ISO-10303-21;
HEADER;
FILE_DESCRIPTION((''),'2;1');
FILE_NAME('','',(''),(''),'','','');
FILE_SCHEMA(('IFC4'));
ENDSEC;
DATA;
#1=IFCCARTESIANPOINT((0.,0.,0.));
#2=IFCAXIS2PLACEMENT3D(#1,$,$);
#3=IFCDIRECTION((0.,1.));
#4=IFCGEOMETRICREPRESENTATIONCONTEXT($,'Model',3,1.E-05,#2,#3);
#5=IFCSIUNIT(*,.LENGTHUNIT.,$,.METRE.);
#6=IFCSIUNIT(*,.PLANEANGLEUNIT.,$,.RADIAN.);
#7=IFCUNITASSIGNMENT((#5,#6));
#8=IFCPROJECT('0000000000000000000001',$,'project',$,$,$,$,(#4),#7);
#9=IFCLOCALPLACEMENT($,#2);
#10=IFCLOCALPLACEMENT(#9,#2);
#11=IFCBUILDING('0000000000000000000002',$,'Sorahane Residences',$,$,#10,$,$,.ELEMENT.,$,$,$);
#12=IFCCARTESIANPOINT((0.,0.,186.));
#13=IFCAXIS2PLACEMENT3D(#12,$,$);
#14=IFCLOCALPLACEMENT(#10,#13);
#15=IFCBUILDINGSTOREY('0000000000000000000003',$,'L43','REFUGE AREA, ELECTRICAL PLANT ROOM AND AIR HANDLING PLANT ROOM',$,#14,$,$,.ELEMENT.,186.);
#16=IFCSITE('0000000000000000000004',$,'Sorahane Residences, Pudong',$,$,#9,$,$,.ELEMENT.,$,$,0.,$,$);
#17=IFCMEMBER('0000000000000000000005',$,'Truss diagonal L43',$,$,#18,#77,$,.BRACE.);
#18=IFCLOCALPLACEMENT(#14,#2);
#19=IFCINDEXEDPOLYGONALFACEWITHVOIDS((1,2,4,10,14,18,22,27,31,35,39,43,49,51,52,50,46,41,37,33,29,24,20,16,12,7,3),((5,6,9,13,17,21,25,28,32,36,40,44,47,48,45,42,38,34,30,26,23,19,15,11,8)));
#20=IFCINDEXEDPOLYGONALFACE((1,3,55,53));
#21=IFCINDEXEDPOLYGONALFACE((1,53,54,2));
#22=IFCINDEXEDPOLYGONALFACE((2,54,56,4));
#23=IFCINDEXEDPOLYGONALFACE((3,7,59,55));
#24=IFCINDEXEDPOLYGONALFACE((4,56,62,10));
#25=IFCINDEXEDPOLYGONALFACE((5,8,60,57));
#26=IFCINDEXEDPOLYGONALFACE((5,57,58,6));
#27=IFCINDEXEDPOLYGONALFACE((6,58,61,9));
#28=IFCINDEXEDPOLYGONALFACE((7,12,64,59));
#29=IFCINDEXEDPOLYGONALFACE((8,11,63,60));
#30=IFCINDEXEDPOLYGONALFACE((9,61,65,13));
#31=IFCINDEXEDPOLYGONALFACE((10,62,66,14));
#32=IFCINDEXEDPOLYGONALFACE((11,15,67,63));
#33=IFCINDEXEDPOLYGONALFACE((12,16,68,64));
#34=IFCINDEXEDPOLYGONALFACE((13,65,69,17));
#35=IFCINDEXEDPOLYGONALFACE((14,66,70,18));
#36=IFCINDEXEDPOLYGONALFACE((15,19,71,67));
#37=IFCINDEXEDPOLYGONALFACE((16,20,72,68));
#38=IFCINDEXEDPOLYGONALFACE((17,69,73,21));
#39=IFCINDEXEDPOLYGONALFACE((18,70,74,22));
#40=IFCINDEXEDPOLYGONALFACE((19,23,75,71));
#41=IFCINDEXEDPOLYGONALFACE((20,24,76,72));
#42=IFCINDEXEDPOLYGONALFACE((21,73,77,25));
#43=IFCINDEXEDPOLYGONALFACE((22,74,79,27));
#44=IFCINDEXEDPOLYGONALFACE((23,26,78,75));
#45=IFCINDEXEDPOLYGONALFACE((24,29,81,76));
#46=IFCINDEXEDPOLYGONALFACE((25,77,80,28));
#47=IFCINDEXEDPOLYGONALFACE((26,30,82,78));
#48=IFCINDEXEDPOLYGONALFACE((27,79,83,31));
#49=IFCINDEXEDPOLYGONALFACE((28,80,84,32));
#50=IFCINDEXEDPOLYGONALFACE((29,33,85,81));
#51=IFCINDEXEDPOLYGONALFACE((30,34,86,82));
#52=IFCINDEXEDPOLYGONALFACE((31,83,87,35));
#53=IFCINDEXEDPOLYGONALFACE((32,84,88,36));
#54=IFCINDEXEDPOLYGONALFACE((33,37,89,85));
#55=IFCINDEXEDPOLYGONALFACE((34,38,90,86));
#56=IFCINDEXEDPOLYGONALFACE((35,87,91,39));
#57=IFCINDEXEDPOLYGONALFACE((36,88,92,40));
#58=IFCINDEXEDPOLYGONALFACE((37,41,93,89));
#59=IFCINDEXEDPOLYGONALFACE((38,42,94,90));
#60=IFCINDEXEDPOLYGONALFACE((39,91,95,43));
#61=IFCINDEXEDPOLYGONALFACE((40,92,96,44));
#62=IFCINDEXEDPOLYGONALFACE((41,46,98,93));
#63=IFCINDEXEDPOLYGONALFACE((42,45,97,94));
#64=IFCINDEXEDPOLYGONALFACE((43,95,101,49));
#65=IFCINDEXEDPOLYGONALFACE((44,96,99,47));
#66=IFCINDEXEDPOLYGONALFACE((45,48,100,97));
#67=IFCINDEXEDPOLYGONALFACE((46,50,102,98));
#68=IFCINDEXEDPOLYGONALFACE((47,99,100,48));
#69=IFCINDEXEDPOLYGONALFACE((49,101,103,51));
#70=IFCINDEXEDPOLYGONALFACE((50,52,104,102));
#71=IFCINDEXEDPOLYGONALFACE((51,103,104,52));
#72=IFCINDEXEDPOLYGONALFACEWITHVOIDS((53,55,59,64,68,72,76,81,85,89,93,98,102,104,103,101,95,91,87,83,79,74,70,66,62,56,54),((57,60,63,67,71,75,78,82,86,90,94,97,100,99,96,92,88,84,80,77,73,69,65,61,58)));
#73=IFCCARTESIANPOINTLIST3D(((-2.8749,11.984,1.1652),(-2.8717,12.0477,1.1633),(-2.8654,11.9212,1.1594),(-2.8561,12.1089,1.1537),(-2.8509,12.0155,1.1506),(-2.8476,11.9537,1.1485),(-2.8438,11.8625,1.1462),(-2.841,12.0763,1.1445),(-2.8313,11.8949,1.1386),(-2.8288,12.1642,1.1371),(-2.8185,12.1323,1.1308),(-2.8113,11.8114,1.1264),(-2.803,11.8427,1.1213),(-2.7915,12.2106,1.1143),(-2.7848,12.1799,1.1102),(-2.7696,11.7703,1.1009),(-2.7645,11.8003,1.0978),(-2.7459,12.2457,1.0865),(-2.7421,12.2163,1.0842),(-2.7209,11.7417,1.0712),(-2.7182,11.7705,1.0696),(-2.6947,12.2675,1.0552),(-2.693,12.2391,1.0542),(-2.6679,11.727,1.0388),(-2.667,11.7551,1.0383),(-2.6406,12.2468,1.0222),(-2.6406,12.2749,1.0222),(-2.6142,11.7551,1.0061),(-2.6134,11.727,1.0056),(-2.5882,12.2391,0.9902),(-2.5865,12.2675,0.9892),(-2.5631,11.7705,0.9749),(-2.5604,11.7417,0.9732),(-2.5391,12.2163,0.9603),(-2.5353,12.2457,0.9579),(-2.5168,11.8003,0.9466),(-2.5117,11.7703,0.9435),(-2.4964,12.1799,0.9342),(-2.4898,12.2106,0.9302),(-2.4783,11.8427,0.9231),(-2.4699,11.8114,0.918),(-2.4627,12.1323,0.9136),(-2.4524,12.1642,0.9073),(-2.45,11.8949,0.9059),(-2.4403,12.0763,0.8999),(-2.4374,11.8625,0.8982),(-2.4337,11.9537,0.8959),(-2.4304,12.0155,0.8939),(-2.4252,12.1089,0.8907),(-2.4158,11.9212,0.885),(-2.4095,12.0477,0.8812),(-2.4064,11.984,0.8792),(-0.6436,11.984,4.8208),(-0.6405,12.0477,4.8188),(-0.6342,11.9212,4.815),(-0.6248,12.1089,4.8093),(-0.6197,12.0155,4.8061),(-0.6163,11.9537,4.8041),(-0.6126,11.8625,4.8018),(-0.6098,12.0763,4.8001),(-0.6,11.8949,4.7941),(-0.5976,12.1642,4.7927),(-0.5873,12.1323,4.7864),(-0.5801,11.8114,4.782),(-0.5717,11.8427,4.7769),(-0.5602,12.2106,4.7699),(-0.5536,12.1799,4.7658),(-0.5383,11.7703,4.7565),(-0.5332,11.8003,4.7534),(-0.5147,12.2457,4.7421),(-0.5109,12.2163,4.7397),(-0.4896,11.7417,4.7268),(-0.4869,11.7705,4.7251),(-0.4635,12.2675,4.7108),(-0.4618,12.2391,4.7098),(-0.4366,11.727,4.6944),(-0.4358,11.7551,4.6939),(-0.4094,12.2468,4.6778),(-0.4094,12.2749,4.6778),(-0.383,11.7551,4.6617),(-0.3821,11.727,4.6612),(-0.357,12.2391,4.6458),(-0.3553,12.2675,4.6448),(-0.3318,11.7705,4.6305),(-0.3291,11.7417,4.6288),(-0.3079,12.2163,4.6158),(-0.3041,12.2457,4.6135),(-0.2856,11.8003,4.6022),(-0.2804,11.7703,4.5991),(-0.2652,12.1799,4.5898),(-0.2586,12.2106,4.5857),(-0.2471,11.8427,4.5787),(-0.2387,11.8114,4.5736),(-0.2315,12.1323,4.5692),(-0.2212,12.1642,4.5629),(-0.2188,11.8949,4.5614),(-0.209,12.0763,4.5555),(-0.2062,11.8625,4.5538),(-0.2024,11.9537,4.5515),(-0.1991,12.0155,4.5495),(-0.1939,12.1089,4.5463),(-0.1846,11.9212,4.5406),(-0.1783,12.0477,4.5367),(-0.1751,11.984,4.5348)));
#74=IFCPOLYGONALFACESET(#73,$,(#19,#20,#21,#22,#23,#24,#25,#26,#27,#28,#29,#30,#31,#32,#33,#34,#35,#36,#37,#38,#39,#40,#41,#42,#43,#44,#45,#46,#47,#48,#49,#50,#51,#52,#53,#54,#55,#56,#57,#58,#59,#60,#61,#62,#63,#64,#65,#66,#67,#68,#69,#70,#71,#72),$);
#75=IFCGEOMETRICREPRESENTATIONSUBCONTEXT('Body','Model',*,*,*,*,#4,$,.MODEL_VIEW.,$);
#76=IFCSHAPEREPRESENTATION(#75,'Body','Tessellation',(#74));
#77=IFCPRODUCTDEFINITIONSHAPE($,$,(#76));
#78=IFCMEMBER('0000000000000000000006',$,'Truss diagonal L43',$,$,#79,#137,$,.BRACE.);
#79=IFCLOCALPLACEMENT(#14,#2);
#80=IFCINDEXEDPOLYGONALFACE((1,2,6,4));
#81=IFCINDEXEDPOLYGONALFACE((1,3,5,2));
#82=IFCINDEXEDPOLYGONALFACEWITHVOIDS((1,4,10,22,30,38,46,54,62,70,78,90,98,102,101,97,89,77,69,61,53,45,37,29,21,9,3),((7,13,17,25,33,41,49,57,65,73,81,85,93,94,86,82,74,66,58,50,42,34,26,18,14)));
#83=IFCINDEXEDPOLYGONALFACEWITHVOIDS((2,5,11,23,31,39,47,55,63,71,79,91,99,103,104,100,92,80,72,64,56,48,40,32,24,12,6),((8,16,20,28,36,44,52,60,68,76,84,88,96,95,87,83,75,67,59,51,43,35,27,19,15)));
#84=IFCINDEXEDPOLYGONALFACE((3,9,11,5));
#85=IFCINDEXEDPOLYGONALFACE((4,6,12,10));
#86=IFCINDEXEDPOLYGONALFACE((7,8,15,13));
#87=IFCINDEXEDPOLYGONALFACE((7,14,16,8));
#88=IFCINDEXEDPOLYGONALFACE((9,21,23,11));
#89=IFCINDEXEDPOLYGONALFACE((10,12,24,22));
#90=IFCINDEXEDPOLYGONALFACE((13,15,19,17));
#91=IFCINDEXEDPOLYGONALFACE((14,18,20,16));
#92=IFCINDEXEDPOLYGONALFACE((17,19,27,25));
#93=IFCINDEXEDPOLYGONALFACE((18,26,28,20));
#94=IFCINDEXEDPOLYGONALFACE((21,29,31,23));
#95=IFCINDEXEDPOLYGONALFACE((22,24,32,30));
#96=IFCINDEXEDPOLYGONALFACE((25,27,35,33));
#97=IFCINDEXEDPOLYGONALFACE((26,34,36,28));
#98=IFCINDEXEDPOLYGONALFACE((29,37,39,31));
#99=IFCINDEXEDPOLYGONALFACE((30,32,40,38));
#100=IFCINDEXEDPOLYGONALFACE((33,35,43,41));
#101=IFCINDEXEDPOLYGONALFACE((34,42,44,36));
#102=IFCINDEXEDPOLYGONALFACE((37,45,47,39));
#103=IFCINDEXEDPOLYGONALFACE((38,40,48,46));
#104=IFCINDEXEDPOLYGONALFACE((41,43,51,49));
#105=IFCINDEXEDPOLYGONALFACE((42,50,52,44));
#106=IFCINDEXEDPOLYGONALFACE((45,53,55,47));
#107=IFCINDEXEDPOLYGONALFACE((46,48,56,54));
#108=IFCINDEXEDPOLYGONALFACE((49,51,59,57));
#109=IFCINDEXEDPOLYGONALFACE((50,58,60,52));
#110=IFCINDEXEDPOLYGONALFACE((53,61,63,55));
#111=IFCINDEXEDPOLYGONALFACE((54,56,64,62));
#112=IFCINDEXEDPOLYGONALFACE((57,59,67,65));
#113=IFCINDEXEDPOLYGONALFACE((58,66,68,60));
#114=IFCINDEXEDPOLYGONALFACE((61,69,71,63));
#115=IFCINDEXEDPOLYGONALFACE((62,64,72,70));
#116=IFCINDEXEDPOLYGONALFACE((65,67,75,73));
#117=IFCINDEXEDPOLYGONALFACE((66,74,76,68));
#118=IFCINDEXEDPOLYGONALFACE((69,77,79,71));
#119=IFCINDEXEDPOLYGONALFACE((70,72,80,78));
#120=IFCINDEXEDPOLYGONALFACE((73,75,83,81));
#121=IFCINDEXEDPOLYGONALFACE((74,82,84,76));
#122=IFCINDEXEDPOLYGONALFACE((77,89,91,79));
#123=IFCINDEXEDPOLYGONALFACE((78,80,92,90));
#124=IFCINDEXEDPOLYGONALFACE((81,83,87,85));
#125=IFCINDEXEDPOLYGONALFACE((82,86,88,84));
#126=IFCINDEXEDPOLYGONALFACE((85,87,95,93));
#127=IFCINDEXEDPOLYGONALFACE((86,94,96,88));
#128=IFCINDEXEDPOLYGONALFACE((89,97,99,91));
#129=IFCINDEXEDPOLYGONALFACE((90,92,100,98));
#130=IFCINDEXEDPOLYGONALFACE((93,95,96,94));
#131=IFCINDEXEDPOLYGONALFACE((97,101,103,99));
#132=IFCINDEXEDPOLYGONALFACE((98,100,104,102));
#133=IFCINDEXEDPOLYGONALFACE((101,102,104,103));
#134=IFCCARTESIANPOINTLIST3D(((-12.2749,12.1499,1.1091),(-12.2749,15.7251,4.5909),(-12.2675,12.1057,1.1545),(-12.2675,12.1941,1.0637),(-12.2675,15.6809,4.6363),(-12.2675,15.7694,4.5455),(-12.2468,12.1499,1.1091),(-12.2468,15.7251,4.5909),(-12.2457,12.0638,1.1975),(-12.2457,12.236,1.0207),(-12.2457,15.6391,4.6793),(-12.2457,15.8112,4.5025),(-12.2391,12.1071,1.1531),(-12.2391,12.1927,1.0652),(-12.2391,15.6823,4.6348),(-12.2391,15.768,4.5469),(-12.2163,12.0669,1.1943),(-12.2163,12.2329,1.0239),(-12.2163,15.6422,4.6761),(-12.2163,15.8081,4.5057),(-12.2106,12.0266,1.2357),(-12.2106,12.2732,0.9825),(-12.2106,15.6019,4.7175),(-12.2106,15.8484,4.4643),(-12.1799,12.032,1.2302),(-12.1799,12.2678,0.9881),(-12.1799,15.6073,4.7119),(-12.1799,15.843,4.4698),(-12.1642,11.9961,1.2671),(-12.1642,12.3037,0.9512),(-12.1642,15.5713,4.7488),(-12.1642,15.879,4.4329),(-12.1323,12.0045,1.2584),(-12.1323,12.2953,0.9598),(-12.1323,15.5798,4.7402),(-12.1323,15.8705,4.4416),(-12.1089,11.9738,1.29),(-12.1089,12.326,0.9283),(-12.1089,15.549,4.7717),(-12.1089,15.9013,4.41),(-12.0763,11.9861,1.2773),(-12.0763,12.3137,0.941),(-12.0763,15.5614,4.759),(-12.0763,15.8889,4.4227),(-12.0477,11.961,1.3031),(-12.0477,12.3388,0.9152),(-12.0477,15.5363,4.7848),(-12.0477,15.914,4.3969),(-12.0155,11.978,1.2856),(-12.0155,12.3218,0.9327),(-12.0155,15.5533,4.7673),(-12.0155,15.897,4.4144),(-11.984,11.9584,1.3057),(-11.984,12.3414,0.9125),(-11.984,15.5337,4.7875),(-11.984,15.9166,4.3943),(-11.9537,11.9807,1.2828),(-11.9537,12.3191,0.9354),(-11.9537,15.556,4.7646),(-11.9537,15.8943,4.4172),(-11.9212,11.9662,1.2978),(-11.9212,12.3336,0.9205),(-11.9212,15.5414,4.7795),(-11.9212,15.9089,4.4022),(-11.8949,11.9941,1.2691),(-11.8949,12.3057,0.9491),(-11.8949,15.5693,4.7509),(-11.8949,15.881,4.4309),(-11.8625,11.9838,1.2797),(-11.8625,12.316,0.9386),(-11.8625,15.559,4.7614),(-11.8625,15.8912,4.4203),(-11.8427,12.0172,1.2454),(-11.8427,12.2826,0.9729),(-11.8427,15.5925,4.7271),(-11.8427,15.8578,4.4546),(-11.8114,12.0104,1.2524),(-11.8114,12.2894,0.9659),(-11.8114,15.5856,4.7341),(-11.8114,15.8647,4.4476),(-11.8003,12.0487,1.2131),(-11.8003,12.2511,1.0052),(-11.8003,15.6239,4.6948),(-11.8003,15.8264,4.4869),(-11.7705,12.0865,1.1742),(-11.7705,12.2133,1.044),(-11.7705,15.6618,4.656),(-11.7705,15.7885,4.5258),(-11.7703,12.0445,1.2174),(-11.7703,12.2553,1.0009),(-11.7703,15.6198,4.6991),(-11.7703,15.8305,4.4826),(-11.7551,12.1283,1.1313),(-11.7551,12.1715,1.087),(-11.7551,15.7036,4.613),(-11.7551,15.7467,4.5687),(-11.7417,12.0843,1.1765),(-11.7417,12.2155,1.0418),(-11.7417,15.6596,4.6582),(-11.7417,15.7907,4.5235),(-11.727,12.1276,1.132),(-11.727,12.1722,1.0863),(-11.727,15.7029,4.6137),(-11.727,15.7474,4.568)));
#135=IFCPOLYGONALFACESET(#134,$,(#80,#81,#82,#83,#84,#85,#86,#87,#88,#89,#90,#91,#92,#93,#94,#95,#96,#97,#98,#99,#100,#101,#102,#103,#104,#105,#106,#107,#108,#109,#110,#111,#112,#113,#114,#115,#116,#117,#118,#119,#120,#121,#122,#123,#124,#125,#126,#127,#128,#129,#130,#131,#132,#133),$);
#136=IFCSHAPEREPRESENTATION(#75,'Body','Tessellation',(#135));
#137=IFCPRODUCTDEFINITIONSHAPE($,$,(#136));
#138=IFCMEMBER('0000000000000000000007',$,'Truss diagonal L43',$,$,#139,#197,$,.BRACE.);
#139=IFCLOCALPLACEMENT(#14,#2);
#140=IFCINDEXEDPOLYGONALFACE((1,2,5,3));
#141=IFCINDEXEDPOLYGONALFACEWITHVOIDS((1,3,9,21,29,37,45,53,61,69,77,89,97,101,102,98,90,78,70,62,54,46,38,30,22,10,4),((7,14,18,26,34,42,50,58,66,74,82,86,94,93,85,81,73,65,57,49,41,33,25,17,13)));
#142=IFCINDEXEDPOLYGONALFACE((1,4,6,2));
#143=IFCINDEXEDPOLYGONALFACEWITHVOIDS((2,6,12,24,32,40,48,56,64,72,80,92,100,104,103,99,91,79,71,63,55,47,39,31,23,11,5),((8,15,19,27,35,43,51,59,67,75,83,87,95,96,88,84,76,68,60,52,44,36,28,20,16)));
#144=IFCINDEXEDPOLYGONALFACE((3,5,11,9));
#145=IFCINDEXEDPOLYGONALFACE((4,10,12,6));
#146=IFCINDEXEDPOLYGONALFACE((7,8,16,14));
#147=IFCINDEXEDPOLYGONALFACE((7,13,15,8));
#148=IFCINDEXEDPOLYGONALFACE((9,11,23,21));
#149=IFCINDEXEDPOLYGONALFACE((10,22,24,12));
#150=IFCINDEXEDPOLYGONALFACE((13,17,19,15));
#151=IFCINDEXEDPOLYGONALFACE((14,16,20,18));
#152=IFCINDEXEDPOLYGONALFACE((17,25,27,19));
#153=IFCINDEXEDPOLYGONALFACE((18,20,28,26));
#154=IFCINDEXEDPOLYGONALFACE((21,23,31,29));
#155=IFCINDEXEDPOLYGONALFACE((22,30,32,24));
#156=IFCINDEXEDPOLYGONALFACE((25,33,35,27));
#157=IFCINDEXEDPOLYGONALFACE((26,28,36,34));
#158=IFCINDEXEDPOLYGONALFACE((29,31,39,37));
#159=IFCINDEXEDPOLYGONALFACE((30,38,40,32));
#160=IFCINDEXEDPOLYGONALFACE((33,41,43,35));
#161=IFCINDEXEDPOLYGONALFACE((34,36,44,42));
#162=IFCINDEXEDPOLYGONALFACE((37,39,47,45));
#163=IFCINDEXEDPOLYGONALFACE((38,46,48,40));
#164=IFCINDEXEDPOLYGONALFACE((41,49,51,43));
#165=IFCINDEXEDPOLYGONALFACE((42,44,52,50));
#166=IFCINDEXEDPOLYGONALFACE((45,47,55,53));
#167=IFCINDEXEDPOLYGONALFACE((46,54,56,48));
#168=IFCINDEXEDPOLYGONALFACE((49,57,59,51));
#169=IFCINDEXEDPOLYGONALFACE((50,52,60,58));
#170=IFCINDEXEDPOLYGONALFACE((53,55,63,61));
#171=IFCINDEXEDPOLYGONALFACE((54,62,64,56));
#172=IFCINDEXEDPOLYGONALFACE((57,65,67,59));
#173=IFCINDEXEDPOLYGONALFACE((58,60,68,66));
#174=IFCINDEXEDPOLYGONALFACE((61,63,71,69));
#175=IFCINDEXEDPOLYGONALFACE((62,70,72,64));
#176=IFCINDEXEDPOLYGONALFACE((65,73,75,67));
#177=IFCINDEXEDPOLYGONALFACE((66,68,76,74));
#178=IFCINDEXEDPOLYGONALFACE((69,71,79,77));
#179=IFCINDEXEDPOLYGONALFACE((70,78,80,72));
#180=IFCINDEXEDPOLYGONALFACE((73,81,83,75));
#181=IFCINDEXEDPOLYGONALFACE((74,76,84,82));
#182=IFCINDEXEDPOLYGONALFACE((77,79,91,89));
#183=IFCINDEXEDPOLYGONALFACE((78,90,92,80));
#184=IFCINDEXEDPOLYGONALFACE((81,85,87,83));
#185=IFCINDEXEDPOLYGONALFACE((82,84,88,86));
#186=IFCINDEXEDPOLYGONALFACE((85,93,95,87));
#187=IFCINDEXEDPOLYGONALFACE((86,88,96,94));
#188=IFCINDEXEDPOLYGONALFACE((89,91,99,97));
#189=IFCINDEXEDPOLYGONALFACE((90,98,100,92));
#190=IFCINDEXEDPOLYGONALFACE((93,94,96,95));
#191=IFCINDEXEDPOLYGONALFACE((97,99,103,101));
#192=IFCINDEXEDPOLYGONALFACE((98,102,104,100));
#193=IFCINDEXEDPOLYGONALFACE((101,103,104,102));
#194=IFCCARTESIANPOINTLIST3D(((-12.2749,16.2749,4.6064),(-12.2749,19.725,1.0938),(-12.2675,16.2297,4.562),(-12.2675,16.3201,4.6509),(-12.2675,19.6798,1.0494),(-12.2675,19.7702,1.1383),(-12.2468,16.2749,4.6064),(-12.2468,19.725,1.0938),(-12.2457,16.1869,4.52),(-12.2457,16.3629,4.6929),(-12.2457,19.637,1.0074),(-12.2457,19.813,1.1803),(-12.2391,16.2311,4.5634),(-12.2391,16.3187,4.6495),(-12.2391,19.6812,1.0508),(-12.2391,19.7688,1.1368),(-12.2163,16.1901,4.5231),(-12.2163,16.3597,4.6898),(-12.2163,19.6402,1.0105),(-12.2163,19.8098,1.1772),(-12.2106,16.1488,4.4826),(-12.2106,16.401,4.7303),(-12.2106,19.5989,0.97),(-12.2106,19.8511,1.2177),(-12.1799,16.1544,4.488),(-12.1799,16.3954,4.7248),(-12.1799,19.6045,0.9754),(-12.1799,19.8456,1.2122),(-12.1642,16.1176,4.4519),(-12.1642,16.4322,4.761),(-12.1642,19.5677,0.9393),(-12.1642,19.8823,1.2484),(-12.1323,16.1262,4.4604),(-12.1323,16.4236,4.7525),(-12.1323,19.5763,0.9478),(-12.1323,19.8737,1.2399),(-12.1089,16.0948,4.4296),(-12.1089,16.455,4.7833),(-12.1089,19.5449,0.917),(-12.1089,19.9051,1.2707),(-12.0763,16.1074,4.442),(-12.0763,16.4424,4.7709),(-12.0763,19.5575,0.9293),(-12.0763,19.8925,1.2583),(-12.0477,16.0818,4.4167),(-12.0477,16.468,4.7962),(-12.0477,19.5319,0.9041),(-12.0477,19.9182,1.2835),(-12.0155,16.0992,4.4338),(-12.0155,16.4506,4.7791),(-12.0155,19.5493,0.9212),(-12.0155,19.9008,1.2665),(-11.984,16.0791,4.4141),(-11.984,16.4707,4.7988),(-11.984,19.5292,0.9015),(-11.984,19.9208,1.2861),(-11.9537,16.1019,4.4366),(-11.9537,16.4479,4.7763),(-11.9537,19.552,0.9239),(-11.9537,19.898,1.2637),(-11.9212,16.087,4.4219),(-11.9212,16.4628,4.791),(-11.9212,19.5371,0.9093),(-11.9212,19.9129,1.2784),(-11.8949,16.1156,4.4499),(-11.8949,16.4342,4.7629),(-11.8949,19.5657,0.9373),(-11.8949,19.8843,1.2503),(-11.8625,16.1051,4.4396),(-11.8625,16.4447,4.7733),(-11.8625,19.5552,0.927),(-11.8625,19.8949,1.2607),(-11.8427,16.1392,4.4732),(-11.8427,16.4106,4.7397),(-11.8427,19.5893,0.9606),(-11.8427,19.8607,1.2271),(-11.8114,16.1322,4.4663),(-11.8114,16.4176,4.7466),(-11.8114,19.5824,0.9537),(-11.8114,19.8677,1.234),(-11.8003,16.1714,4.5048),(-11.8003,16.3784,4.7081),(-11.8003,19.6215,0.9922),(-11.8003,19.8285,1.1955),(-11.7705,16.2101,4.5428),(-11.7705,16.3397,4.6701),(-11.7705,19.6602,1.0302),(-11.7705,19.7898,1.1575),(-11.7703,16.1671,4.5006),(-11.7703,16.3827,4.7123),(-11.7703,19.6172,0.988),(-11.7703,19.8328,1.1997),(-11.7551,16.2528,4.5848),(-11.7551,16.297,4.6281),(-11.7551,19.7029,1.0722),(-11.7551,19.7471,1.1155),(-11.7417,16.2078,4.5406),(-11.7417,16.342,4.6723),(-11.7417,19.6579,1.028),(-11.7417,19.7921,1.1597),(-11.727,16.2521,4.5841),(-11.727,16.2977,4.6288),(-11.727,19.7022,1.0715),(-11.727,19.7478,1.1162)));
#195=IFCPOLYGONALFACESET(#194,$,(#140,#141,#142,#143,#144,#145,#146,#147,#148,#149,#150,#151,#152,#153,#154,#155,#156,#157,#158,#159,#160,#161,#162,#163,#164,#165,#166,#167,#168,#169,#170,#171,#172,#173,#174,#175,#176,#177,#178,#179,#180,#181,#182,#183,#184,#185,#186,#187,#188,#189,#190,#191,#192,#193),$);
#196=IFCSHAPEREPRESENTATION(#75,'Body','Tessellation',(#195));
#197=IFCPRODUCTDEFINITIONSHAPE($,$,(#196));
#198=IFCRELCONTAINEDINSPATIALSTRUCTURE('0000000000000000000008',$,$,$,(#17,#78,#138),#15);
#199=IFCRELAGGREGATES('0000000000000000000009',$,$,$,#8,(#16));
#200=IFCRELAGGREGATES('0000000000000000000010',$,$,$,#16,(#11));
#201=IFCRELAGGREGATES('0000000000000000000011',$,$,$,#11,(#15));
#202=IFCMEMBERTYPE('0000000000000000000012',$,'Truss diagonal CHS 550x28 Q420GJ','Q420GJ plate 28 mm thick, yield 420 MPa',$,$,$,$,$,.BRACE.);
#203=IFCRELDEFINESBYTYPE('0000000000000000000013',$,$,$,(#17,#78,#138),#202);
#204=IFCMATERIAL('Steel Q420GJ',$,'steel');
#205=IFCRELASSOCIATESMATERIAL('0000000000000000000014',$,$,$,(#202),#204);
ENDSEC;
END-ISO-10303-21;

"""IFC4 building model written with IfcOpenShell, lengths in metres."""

from ifc_helpers import new_model, si_unit, direction, frame, origin, origin_2d, place, context, subcontext, project, spatial, hollow_circle, extrude, material, material_profile, profile_set, type_object, element, save


model = new_model("IFC4")

# Units and contexts
model_context = context("Model", 3, precision=1e-05, world=origin(), true_north=direction((0.0, 1.0)))
body_context = subcontext(model_context, "Body", "Model", "MODEL_VIEW")
ifc_project = project(units=[si_unit("LENGTHUNIT", "METRE"), si_unit("PLANEANGLEUNIT", "RADIAN")], contexts=[model_context])

# Site, building, storey
site_placement = place(None, origin())
site = spatial("IfcSite", under=ifc_project, at=site_placement, Name="Sorahane Residences, Pudong", CompositionType="ELEMENT", RefElevation=0.0)
building_placement = place(site_placement, origin())
building = spatial("IfcBuilding", under=site, at=building_placement, Name="Sorahane Residences", CompositionType="ELEMENT")
storey_placement = place(building_placement, frame((0.0, 0.0, 186.0)))
storey = spatial("IfcBuildingStorey", under=building, at=storey_placement, Name="L43", Description="REFUGE AREA, ELECTRICAL PLANT ROOM AND AIR HANDLING PLANT ROOM", CompositionType="ELEMENT", Elevation=186.0)

# Members
ifc_material_1 = material(Name="Steel Q420GJ", Category="steel")
ifc_material_profile_1 = material_profile(ifc_material_1, hollow_circle(Radius=0.2749, WallThickness=0.0281, at=origin_2d()), Name="CHS 550x28")
ifc_profile_set_1 = profile_set([ifc_material_profile_1], Name="Steel Q420GJ")
member_type = type_object("IfcMemberType", Name="Truss diagonal CHS 550x28 Q420GJ", Description="Q420GJ plate 28 mm thick, yield 420 MPa", PredefinedType="BRACE", material=ifc_profile_set_1)
member_1_placement = place(storey_placement, frame((-2.6406, 12.0, 1.0222), z_axis=(0.520986, 0.0, 0.853565), x_axis=(0.0, 1.0, 0.0)))
element("IfcMember", 1, at=member_1_placement, inside=storey, type_object=member_type, Name="Truss diagonal L43", PredefinedType="BRACE", context=body_context, shape_type="SweptSolid", body=[
    extrude(hollow_circle(Radius=0.2749, WallThickness=0.0281, at=origin_2d()), origin(), (0.0, 0.0, 1.0), 4.2827),
])
member_2_placement = place(storey_placement, frame((-12.0, 12.1499, 1.1091), z_axis=(0.0, 0.716413, 0.697676), x_axis=(-1.0, 0.0, 0.0)))
element("IfcMember", 2, at=member_2_placement, inside=storey, type_object=member_type, Name="Truss diagonal L43", PredefinedType="BRACE", context=body_context, shape_type="SweptSolid", body=[
    extrude(hollow_circle(Radius=0.2749, WallThickness=0.0281, at=origin_2d()), origin(), (0.0, 0.0, 1.0), 4.9905),
])
member_3_placement = place(storey_placement, frame((-12.0, 16.2749, 4.6064), z_axis=(0.0, 0.700731, -0.713425), x_axis=(-1.0, 0.0, 0.0)))
element("IfcMember", 3, at=member_3_placement, inside=storey, type_object=member_type, Name="Truss diagonal L43", PredefinedType="BRACE", context=body_context, shape_type="SweptSolid", body=[
    extrude(hollow_circle(Radius=0.2749, WallThickness=0.0281, at=origin_2d()), origin(), (0.0, 0.0, 1.0), 4.9236),
])

save(model, "model.ifc")
